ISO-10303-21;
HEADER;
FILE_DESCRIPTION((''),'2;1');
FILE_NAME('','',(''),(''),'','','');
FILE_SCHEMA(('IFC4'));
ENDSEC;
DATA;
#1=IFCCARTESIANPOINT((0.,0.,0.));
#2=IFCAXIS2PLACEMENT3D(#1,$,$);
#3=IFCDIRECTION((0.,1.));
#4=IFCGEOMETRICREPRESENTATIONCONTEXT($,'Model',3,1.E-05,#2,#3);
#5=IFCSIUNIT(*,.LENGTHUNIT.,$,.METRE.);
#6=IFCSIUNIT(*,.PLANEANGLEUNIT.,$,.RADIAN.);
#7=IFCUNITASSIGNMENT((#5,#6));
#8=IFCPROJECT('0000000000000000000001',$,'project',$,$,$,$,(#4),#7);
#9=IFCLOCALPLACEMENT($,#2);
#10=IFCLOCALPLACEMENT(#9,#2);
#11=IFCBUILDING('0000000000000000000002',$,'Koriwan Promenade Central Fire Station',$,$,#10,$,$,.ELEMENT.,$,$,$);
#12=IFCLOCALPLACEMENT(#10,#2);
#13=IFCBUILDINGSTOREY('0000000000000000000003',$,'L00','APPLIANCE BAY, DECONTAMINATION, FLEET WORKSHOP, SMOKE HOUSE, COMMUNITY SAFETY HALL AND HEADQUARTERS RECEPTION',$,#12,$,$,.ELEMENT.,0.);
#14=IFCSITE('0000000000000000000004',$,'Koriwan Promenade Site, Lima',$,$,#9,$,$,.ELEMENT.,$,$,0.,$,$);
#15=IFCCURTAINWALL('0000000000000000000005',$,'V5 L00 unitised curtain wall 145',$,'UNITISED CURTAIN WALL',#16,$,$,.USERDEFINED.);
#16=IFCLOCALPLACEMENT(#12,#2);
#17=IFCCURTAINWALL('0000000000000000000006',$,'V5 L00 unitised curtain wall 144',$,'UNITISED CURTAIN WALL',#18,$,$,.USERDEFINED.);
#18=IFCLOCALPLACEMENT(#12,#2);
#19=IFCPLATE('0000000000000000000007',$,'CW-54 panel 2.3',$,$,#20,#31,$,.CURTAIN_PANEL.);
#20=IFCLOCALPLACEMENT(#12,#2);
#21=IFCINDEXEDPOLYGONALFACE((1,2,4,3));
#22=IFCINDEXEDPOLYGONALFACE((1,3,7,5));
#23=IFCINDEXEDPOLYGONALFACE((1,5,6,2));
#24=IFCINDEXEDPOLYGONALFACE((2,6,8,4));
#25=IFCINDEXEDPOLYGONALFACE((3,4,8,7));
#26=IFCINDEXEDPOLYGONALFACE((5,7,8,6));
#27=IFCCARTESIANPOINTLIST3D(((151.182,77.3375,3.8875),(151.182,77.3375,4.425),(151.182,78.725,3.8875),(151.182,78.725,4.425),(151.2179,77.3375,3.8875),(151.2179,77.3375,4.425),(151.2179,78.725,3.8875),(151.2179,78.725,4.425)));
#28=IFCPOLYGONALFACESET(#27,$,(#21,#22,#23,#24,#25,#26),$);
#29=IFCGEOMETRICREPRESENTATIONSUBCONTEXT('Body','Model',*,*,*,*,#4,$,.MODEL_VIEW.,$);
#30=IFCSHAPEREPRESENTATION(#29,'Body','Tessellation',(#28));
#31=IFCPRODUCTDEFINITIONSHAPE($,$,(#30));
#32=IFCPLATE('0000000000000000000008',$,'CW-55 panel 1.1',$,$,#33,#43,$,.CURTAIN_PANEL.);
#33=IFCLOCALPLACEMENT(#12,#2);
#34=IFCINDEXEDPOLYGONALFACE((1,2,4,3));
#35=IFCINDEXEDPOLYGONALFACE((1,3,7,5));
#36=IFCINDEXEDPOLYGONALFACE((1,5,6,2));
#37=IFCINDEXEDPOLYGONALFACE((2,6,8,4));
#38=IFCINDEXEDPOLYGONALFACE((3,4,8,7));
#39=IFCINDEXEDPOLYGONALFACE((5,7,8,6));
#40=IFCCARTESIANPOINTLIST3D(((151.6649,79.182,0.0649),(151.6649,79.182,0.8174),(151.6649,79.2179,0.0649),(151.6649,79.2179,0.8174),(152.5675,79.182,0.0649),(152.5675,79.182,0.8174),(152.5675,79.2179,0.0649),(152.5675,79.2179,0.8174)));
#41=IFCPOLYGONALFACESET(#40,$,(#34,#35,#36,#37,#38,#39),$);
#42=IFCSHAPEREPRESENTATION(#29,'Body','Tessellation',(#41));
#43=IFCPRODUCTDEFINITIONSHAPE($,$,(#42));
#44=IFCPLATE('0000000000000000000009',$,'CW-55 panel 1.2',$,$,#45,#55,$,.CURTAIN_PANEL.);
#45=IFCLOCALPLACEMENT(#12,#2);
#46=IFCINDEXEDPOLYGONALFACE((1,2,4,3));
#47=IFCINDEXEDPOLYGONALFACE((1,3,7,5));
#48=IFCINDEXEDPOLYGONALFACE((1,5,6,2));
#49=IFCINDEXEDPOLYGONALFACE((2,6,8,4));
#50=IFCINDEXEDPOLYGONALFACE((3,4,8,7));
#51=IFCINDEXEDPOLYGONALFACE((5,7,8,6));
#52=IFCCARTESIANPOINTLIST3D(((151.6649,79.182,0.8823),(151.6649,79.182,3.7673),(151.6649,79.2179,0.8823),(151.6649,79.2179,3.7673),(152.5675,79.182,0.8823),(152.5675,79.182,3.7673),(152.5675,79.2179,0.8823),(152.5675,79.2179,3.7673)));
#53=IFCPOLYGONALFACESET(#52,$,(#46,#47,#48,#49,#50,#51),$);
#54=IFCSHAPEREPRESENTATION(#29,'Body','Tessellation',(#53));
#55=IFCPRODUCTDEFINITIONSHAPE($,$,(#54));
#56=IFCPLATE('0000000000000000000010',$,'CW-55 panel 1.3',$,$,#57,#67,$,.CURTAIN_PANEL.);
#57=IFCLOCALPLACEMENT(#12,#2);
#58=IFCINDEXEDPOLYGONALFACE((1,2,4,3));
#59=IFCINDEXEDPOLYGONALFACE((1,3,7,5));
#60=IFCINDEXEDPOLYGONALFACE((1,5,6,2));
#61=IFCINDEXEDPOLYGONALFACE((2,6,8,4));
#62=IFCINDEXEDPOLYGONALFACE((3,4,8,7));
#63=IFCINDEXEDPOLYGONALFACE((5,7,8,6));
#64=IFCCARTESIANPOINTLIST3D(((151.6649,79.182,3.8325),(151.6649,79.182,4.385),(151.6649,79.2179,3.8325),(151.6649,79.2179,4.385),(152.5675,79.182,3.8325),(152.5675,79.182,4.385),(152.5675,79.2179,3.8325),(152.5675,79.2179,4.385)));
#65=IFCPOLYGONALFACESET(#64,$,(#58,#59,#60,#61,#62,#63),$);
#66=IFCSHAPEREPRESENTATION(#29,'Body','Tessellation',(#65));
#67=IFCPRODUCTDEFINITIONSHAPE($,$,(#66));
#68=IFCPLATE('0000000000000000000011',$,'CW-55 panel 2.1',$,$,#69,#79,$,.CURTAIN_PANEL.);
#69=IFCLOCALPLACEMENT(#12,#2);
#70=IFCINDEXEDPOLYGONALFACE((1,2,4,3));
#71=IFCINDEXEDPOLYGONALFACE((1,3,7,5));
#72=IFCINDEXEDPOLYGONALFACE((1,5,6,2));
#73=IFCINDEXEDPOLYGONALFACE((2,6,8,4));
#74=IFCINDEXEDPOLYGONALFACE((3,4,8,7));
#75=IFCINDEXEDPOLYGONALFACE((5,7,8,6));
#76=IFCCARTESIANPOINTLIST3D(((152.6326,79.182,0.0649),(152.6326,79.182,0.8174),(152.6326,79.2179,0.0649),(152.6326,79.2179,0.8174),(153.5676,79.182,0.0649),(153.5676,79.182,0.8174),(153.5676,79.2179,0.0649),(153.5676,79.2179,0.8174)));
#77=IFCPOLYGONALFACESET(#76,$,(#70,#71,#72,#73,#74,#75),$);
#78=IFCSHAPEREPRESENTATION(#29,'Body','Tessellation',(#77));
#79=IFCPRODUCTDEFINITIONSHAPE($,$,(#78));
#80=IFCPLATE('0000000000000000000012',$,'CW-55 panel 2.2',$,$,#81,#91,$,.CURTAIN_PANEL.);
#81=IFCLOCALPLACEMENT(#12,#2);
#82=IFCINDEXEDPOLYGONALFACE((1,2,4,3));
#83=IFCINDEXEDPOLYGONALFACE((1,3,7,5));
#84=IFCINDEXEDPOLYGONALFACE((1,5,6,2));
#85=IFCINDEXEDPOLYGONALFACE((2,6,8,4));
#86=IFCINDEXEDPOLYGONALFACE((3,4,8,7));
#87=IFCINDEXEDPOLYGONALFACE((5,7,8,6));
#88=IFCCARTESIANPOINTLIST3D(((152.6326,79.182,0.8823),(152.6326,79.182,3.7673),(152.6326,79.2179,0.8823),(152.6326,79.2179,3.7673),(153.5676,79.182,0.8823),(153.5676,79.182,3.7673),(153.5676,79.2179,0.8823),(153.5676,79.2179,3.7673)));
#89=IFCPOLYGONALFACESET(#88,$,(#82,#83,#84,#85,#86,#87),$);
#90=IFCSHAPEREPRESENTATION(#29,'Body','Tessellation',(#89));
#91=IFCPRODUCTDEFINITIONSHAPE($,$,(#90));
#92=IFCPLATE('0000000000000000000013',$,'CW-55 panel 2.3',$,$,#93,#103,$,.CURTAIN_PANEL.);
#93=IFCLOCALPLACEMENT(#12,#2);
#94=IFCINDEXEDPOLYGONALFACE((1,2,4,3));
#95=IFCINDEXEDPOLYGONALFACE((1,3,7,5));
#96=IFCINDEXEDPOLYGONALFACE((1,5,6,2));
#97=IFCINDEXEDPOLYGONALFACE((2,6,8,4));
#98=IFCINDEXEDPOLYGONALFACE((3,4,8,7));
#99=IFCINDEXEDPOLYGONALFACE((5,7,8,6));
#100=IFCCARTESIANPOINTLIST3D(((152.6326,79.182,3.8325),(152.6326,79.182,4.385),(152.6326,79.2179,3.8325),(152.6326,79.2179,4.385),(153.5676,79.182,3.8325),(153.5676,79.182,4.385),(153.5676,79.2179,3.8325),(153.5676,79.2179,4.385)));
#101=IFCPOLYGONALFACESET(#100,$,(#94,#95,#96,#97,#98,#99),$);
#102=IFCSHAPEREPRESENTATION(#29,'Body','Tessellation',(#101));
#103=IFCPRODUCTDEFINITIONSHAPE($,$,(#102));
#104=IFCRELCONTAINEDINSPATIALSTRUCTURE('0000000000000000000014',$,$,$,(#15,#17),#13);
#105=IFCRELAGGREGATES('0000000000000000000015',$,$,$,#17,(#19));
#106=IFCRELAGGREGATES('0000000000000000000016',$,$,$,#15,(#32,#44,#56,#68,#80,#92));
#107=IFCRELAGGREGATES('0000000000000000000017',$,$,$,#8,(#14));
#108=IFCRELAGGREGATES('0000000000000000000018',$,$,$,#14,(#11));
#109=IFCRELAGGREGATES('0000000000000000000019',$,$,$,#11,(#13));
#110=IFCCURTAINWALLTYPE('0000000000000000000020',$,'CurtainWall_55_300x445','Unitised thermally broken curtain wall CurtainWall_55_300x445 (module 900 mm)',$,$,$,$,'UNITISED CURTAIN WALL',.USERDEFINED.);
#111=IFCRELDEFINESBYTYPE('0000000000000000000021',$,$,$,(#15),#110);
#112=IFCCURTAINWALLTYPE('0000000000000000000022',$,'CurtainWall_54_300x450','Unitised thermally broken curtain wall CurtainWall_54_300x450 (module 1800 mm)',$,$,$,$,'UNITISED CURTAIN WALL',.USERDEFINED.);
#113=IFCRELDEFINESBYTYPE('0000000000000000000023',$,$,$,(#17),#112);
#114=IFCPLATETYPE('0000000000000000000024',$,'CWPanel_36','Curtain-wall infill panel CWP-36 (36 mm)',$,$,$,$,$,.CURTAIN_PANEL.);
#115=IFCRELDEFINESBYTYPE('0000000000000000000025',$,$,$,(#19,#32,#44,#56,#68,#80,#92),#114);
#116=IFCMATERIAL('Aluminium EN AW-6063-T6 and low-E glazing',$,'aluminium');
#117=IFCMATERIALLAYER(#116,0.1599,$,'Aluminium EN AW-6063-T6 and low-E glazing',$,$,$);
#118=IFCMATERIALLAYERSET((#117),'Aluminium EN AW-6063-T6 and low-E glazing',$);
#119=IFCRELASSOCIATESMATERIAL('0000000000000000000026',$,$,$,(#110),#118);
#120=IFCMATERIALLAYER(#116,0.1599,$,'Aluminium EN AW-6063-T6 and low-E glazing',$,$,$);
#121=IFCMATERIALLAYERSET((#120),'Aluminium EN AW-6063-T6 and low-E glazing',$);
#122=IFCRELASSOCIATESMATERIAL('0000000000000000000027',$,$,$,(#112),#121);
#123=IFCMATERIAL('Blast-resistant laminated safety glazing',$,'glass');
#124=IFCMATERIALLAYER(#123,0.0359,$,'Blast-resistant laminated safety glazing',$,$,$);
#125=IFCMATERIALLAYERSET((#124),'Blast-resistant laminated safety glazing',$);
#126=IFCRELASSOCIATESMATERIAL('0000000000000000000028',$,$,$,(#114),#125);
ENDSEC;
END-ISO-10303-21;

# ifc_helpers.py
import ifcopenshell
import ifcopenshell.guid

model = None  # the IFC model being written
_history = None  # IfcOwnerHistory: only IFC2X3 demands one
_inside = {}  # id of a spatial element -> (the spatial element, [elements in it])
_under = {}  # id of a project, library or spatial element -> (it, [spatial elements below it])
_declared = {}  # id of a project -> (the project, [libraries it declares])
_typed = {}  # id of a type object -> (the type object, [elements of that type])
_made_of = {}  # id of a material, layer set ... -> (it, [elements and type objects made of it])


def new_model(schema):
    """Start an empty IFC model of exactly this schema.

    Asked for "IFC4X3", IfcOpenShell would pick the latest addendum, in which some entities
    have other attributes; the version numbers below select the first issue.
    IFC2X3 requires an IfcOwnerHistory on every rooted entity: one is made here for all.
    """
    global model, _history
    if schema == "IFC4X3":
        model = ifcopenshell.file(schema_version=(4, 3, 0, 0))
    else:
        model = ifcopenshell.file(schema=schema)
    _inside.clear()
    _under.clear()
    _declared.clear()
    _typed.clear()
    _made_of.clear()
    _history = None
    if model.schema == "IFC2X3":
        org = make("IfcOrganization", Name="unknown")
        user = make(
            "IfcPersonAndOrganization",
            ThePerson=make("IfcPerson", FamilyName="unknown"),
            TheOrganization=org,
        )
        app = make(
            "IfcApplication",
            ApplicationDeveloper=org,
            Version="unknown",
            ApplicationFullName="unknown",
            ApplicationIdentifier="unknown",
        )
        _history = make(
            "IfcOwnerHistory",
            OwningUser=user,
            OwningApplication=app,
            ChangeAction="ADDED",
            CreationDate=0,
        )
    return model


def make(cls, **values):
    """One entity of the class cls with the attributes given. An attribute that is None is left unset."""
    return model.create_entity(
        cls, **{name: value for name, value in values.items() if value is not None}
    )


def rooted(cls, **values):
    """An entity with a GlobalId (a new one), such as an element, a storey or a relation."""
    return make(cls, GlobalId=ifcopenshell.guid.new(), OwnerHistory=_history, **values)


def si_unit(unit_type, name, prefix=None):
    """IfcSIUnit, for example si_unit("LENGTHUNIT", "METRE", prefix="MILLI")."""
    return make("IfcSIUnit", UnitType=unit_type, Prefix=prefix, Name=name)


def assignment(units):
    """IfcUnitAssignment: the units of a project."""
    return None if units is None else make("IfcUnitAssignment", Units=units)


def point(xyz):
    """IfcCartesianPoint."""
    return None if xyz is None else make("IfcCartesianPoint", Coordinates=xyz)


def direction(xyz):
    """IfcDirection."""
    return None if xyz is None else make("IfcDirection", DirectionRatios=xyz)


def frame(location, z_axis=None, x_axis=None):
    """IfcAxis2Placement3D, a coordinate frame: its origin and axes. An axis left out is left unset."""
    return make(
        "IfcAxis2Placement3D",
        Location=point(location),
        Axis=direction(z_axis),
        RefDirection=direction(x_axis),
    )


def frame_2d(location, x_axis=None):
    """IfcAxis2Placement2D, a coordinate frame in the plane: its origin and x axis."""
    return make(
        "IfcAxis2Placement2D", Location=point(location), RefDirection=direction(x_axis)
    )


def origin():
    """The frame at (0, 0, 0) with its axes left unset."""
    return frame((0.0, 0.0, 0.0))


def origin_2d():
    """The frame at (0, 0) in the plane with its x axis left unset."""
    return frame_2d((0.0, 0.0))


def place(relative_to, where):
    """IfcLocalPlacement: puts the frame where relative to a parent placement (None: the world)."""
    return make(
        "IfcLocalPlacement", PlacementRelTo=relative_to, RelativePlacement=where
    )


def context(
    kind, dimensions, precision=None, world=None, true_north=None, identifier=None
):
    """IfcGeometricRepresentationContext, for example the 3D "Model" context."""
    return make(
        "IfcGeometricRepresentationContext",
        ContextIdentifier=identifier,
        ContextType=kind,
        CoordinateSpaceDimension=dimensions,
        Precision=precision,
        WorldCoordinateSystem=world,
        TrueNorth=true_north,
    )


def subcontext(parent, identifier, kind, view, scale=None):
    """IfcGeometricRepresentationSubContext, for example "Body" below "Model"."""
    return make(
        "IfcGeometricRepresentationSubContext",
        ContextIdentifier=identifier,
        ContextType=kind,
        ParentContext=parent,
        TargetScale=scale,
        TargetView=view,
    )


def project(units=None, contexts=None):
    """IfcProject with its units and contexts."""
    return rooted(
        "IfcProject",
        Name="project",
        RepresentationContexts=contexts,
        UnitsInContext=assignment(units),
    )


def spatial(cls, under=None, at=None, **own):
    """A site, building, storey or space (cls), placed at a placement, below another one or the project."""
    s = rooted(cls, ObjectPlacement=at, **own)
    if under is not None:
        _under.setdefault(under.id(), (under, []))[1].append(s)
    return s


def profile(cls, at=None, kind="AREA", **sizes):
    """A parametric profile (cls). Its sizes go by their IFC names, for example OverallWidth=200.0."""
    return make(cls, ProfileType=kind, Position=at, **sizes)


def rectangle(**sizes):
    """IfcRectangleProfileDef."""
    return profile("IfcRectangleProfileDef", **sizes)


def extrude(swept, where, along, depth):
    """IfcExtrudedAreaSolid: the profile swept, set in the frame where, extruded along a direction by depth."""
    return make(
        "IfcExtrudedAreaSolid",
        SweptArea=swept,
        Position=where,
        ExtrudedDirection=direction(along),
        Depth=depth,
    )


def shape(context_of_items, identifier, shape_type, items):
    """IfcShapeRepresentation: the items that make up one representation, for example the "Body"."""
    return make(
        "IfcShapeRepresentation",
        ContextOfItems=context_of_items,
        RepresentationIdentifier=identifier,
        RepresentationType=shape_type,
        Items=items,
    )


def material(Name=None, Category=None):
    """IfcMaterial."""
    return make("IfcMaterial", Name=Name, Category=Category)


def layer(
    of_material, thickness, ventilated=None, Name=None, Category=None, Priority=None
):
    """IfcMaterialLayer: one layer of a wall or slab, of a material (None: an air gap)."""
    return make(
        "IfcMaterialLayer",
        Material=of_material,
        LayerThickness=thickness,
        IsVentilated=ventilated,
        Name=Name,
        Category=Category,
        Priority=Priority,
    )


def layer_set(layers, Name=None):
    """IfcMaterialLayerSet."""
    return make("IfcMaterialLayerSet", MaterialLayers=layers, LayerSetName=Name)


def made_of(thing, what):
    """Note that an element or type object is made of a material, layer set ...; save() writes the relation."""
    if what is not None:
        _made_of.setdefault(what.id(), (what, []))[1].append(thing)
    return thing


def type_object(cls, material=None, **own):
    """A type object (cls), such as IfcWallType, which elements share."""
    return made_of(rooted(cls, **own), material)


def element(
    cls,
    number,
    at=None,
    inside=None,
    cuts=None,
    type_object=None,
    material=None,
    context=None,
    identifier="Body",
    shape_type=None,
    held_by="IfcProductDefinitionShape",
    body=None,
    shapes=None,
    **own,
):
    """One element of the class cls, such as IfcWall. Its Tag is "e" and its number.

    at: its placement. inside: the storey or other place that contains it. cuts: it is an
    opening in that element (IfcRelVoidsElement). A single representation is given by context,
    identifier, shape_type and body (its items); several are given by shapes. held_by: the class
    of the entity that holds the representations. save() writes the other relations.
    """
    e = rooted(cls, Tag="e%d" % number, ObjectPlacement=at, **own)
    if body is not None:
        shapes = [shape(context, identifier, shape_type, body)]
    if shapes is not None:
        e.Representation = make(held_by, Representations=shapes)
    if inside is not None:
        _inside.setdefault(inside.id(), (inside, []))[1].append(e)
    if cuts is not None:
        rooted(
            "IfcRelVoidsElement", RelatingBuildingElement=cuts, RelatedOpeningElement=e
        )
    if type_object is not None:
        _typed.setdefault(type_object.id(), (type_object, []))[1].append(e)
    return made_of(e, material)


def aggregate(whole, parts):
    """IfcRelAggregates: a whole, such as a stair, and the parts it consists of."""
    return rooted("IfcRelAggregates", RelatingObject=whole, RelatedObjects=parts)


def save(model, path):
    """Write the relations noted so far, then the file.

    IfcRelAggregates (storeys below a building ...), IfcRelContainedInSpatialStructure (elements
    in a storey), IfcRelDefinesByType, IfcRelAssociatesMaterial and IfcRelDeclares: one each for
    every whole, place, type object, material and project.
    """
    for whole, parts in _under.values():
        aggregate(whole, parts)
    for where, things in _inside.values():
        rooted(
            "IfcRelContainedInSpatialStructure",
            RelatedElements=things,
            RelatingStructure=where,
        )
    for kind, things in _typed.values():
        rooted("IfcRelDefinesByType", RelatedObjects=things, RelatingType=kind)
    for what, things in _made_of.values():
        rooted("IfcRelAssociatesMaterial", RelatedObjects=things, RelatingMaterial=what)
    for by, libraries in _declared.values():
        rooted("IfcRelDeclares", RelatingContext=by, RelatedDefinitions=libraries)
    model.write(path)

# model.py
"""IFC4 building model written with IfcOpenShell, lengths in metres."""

from ifc_helpers import new_model, si_unit, direction, frame, origin, origin_2d, place, context, subcontext, project, spatial, rectangle, extrude, material, layer, layer_set, type_object, element, aggregate, save


model = new_model("IFC4")

# Units and contexts
model_context = context("Model", 3, precision=1e-05, world=origin(), true_north=direction((0.0, 1.0)))
body_context = subcontext(model_context, "Body", "Model", "MODEL_VIEW")
ifc_project = project(units=[si_unit("LENGTHUNIT", "METRE"), si_unit("PLANEANGLEUNIT", "RADIAN")], contexts=[model_context])

# Site, building, storey
site_placement = place(None, origin())
site = spatial("IfcSite", under=ifc_project, at=site_placement, Name="Koriwan Promenade Site, Lima", CompositionType="ELEMENT", RefElevation=0.0)
building_placement = place(site_placement, origin())
building = spatial("IfcBuilding", under=site, at=building_placement, Name="Koriwan Promenade Central Fire Station", CompositionType="ELEMENT")
storey_placement = place(building_placement, origin())
storey = spatial("IfcBuildingStorey", under=building, at=storey_placement, Name="L00", Description="APPLIANCE BAY, DECONTAMINATION, FLEET WORKSHOP, SMOKE HOUSE, COMMUNITY SAFETY HALL AND HEADQUARTERS RECEPTION", CompositionType="ELEMENT", Elevation=0.0)

# Curtain wall
ifc_material_1 = material(Name="Aluminium EN AW-6063-T6 and low-E glazing", Category="aluminium")
ifc_layer_1 = layer(ifc_material_1, 0.1599, Name="Aluminium EN AW-6063-T6 and low-E glazing")
ifc_layer_set_1 = layer_set([ifc_layer_1], Name="Aluminium EN AW-6063-T6 and low-E glazing")
curtain_wall_type_1 = type_object("IfcCurtainWallType", Name="CurtainWall_55_300x445", Description="Unitised thermally broken curtain wall CurtainWall_55_300x445 (module 900 mm)", ElementType="UNITISED CURTAIN WALL", PredefinedType="USERDEFINED", material=ifc_layer_set_1)
curtain_wall_1_placement = place(storey_placement, origin())
curtain_wall_1 = element("IfcCurtainWall", 1, at=curtain_wall_1_placement, inside=storey, type_object=curtain_wall_type_1, Name="V5 L00 unitised curtain wall 145", ObjectType="UNITISED CURTAIN WALL", PredefinedType="USERDEFINED")

# Curtain wall
ifc_layer_2 = layer(ifc_material_1, 0.1599, Name="Aluminium EN AW-6063-T6 and low-E glazing")
ifc_layer_set_2 = layer_set([ifc_layer_2], Name="Aluminium EN AW-6063-T6 and low-E glazing")
curtain_wall_type_2 = type_object("IfcCurtainWallType", Name="CurtainWall_54_300x450", Description="Unitised thermally broken curtain wall CurtainWall_54_300x450 (module 1800 mm)", ElementType="UNITISED CURTAIN WALL", PredefinedType="USERDEFINED", material=ifc_layer_set_2)
curtain_wall_2_placement = place(storey_placement, origin())
curtain_wall_2 = element("IfcCurtainWall", 2, at=curtain_wall_2_placement, inside=storey, type_object=curtain_wall_type_2, Name="V5 L00 unitised curtain wall 144", ObjectType="UNITISED CURTAIN WALL", PredefinedType="USERDEFINED")

# Plates
ifc_material_2 = material(Name="Blast-resistant laminated safety glazing", Category="glass")
ifc_layer_3 = layer(ifc_material_2, 0.0359, Name="Blast-resistant laminated safety glazing")
ifc_layer_set_3 = layer_set([ifc_layer_3], Name="Blast-resistant laminated safety glazing")
plate_type = type_object("IfcPlateType", Name="CWPanel_36", Description="Curtain-wall infill panel CWP-36 (36 mm)", PredefinedType="CURTAIN_PANEL", material=ifc_layer_set_3)
plate_1_placement = place(storey_placement, frame((151.2, 78.0312, 3.8875), z_axis=(0.0, 0.0, 1.0), x_axis=(0.0, 1.0, 0.0)))
plate_1 = element("IfcPlate", 3, at=plate_1_placement, type_object=plate_type, Name="CW-54 panel 2.3", PredefinedType="CURTAIN_PANEL", context=body_context, shape_type="SweptSolid", body=[
    extrude(rectangle(XDim=1.3875, YDim=0.0359, at=origin_2d()), origin(), (0.0, 0.0, 1.0), 0.5376),
])
aggregate(curtain_wall_2, [plate_1])
plate_2_placement = place(storey_placement, frame((152.1162, 79.2, 0.0649), z_axis=(0.0, 0.0, 1.0), x_axis=(1.0, 0.0, 0.0)))
plate_2 = element("IfcPlate", 4, at=plate_2_placement, type_object=plate_type, Name="CW-55 panel 1.1", PredefinedType="CURTAIN_PANEL", context=body_context, shape_type="SweptSolid", body=[
    extrude(rectangle(XDim=0.9026, YDim=0.0359, at=origin_2d()), origin(), (0.0, 0.0, 1.0), 0.7524),
])
plate_3_placement = place(storey_placement, frame((152.1162, 79.2, 0.8823), z_axis=(0.0, 0.0, 1.0), x_axis=(1.0, 0.0, 0.0)))
plate_3 = element("IfcPlate", 5, at=plate_3_placement, type_object=plate_type, Name="CW-55 panel 1.2", PredefinedType="CURTAIN_PANEL", context=body_context, shape_type="SweptSolid", body=[
    extrude(rectangle(XDim=0.9026, YDim=0.0359, at=origin_2d()), origin(), (0.0, 0.0, 1.0), 2.885),
])
plate_4_placement = place(storey_placement, frame((152.1162, 79.2, 3.8325), z_axis=(0.0, 0.0, 1.0), x_axis=(1.0, 0.0, 0.0)))
plate_4 = element("IfcPlate", 6, at=plate_4_placement, type_object=plate_type, Name="CW-55 panel 1.3", PredefinedType="CURTAIN_PANEL", context=body_context, shape_type="SweptSolid", body=[
    extrude(rectangle(XDim=0.9026, YDim=0.0359, at=origin_2d()), origin(), (0.0, 0.0, 1.0), 0.5525),
])
plate_5_placement = place(storey_placement, frame((153.1001, 79.2, 0.0649), z_axis=(0.0, 0.0, 1.0), x_axis=(1.0, 0.0, 0.0)))
plate_5 = element("IfcPlate", 7, at=plate_5_placement, type_object=plate_type, Name="CW-55 panel 2.1", PredefinedType="CURTAIN_PANEL", context=body_context, shape_type="SweptSolid", body=[
    extrude(rectangle(XDim=0.9351, YDim=0.0359, at=origin_2d()), origin(), (0.0, 0.0, 1.0), 0.7524),
])
plate_6_placement = place(storey_placement, frame((153.1001, 79.2, 0.8823), z_axis=(0.0, 0.0, 1.0), x_axis=(1.0, 0.0, 0.0)))
plate_6 = element("IfcPlate", 8, at=plate_6_placement, type_object=plate_type, Name="CW-55 panel 2.2", PredefinedType="CURTAIN_PANEL", context=body_context, shape_type="SweptSolid", body=[
    extrude(rectangle(XDim=0.9351, YDim=0.0359, at=origin_2d()), origin(), (0.0, 0.0, 1.0), 2.885),
])
plate_7_placement = place(storey_placement, frame((153.1001, 79.2, 3.8325), z_axis=(0.0, 0.0, 1.0), x_axis=(1.0, 0.0, 0.0)))
plate_7 = element("IfcPlate", 9, at=plate_7_placement, type_object=plate_type, Name="CW-55 panel 2.3", PredefinedType="CURTAIN_PANEL", context=body_context, shape_type="SweptSolid", body=[
    extrude(rectangle(XDim=0.9351, YDim=0.0359, at=origin_2d()), origin(), (0.0, 0.0, 1.0), 0.5525),
])
aggregate(curtain_wall_1, [plate_2, plate_3, plate_4, plate_5, plate_6, plate_7])

save(model, "model.ifc")
